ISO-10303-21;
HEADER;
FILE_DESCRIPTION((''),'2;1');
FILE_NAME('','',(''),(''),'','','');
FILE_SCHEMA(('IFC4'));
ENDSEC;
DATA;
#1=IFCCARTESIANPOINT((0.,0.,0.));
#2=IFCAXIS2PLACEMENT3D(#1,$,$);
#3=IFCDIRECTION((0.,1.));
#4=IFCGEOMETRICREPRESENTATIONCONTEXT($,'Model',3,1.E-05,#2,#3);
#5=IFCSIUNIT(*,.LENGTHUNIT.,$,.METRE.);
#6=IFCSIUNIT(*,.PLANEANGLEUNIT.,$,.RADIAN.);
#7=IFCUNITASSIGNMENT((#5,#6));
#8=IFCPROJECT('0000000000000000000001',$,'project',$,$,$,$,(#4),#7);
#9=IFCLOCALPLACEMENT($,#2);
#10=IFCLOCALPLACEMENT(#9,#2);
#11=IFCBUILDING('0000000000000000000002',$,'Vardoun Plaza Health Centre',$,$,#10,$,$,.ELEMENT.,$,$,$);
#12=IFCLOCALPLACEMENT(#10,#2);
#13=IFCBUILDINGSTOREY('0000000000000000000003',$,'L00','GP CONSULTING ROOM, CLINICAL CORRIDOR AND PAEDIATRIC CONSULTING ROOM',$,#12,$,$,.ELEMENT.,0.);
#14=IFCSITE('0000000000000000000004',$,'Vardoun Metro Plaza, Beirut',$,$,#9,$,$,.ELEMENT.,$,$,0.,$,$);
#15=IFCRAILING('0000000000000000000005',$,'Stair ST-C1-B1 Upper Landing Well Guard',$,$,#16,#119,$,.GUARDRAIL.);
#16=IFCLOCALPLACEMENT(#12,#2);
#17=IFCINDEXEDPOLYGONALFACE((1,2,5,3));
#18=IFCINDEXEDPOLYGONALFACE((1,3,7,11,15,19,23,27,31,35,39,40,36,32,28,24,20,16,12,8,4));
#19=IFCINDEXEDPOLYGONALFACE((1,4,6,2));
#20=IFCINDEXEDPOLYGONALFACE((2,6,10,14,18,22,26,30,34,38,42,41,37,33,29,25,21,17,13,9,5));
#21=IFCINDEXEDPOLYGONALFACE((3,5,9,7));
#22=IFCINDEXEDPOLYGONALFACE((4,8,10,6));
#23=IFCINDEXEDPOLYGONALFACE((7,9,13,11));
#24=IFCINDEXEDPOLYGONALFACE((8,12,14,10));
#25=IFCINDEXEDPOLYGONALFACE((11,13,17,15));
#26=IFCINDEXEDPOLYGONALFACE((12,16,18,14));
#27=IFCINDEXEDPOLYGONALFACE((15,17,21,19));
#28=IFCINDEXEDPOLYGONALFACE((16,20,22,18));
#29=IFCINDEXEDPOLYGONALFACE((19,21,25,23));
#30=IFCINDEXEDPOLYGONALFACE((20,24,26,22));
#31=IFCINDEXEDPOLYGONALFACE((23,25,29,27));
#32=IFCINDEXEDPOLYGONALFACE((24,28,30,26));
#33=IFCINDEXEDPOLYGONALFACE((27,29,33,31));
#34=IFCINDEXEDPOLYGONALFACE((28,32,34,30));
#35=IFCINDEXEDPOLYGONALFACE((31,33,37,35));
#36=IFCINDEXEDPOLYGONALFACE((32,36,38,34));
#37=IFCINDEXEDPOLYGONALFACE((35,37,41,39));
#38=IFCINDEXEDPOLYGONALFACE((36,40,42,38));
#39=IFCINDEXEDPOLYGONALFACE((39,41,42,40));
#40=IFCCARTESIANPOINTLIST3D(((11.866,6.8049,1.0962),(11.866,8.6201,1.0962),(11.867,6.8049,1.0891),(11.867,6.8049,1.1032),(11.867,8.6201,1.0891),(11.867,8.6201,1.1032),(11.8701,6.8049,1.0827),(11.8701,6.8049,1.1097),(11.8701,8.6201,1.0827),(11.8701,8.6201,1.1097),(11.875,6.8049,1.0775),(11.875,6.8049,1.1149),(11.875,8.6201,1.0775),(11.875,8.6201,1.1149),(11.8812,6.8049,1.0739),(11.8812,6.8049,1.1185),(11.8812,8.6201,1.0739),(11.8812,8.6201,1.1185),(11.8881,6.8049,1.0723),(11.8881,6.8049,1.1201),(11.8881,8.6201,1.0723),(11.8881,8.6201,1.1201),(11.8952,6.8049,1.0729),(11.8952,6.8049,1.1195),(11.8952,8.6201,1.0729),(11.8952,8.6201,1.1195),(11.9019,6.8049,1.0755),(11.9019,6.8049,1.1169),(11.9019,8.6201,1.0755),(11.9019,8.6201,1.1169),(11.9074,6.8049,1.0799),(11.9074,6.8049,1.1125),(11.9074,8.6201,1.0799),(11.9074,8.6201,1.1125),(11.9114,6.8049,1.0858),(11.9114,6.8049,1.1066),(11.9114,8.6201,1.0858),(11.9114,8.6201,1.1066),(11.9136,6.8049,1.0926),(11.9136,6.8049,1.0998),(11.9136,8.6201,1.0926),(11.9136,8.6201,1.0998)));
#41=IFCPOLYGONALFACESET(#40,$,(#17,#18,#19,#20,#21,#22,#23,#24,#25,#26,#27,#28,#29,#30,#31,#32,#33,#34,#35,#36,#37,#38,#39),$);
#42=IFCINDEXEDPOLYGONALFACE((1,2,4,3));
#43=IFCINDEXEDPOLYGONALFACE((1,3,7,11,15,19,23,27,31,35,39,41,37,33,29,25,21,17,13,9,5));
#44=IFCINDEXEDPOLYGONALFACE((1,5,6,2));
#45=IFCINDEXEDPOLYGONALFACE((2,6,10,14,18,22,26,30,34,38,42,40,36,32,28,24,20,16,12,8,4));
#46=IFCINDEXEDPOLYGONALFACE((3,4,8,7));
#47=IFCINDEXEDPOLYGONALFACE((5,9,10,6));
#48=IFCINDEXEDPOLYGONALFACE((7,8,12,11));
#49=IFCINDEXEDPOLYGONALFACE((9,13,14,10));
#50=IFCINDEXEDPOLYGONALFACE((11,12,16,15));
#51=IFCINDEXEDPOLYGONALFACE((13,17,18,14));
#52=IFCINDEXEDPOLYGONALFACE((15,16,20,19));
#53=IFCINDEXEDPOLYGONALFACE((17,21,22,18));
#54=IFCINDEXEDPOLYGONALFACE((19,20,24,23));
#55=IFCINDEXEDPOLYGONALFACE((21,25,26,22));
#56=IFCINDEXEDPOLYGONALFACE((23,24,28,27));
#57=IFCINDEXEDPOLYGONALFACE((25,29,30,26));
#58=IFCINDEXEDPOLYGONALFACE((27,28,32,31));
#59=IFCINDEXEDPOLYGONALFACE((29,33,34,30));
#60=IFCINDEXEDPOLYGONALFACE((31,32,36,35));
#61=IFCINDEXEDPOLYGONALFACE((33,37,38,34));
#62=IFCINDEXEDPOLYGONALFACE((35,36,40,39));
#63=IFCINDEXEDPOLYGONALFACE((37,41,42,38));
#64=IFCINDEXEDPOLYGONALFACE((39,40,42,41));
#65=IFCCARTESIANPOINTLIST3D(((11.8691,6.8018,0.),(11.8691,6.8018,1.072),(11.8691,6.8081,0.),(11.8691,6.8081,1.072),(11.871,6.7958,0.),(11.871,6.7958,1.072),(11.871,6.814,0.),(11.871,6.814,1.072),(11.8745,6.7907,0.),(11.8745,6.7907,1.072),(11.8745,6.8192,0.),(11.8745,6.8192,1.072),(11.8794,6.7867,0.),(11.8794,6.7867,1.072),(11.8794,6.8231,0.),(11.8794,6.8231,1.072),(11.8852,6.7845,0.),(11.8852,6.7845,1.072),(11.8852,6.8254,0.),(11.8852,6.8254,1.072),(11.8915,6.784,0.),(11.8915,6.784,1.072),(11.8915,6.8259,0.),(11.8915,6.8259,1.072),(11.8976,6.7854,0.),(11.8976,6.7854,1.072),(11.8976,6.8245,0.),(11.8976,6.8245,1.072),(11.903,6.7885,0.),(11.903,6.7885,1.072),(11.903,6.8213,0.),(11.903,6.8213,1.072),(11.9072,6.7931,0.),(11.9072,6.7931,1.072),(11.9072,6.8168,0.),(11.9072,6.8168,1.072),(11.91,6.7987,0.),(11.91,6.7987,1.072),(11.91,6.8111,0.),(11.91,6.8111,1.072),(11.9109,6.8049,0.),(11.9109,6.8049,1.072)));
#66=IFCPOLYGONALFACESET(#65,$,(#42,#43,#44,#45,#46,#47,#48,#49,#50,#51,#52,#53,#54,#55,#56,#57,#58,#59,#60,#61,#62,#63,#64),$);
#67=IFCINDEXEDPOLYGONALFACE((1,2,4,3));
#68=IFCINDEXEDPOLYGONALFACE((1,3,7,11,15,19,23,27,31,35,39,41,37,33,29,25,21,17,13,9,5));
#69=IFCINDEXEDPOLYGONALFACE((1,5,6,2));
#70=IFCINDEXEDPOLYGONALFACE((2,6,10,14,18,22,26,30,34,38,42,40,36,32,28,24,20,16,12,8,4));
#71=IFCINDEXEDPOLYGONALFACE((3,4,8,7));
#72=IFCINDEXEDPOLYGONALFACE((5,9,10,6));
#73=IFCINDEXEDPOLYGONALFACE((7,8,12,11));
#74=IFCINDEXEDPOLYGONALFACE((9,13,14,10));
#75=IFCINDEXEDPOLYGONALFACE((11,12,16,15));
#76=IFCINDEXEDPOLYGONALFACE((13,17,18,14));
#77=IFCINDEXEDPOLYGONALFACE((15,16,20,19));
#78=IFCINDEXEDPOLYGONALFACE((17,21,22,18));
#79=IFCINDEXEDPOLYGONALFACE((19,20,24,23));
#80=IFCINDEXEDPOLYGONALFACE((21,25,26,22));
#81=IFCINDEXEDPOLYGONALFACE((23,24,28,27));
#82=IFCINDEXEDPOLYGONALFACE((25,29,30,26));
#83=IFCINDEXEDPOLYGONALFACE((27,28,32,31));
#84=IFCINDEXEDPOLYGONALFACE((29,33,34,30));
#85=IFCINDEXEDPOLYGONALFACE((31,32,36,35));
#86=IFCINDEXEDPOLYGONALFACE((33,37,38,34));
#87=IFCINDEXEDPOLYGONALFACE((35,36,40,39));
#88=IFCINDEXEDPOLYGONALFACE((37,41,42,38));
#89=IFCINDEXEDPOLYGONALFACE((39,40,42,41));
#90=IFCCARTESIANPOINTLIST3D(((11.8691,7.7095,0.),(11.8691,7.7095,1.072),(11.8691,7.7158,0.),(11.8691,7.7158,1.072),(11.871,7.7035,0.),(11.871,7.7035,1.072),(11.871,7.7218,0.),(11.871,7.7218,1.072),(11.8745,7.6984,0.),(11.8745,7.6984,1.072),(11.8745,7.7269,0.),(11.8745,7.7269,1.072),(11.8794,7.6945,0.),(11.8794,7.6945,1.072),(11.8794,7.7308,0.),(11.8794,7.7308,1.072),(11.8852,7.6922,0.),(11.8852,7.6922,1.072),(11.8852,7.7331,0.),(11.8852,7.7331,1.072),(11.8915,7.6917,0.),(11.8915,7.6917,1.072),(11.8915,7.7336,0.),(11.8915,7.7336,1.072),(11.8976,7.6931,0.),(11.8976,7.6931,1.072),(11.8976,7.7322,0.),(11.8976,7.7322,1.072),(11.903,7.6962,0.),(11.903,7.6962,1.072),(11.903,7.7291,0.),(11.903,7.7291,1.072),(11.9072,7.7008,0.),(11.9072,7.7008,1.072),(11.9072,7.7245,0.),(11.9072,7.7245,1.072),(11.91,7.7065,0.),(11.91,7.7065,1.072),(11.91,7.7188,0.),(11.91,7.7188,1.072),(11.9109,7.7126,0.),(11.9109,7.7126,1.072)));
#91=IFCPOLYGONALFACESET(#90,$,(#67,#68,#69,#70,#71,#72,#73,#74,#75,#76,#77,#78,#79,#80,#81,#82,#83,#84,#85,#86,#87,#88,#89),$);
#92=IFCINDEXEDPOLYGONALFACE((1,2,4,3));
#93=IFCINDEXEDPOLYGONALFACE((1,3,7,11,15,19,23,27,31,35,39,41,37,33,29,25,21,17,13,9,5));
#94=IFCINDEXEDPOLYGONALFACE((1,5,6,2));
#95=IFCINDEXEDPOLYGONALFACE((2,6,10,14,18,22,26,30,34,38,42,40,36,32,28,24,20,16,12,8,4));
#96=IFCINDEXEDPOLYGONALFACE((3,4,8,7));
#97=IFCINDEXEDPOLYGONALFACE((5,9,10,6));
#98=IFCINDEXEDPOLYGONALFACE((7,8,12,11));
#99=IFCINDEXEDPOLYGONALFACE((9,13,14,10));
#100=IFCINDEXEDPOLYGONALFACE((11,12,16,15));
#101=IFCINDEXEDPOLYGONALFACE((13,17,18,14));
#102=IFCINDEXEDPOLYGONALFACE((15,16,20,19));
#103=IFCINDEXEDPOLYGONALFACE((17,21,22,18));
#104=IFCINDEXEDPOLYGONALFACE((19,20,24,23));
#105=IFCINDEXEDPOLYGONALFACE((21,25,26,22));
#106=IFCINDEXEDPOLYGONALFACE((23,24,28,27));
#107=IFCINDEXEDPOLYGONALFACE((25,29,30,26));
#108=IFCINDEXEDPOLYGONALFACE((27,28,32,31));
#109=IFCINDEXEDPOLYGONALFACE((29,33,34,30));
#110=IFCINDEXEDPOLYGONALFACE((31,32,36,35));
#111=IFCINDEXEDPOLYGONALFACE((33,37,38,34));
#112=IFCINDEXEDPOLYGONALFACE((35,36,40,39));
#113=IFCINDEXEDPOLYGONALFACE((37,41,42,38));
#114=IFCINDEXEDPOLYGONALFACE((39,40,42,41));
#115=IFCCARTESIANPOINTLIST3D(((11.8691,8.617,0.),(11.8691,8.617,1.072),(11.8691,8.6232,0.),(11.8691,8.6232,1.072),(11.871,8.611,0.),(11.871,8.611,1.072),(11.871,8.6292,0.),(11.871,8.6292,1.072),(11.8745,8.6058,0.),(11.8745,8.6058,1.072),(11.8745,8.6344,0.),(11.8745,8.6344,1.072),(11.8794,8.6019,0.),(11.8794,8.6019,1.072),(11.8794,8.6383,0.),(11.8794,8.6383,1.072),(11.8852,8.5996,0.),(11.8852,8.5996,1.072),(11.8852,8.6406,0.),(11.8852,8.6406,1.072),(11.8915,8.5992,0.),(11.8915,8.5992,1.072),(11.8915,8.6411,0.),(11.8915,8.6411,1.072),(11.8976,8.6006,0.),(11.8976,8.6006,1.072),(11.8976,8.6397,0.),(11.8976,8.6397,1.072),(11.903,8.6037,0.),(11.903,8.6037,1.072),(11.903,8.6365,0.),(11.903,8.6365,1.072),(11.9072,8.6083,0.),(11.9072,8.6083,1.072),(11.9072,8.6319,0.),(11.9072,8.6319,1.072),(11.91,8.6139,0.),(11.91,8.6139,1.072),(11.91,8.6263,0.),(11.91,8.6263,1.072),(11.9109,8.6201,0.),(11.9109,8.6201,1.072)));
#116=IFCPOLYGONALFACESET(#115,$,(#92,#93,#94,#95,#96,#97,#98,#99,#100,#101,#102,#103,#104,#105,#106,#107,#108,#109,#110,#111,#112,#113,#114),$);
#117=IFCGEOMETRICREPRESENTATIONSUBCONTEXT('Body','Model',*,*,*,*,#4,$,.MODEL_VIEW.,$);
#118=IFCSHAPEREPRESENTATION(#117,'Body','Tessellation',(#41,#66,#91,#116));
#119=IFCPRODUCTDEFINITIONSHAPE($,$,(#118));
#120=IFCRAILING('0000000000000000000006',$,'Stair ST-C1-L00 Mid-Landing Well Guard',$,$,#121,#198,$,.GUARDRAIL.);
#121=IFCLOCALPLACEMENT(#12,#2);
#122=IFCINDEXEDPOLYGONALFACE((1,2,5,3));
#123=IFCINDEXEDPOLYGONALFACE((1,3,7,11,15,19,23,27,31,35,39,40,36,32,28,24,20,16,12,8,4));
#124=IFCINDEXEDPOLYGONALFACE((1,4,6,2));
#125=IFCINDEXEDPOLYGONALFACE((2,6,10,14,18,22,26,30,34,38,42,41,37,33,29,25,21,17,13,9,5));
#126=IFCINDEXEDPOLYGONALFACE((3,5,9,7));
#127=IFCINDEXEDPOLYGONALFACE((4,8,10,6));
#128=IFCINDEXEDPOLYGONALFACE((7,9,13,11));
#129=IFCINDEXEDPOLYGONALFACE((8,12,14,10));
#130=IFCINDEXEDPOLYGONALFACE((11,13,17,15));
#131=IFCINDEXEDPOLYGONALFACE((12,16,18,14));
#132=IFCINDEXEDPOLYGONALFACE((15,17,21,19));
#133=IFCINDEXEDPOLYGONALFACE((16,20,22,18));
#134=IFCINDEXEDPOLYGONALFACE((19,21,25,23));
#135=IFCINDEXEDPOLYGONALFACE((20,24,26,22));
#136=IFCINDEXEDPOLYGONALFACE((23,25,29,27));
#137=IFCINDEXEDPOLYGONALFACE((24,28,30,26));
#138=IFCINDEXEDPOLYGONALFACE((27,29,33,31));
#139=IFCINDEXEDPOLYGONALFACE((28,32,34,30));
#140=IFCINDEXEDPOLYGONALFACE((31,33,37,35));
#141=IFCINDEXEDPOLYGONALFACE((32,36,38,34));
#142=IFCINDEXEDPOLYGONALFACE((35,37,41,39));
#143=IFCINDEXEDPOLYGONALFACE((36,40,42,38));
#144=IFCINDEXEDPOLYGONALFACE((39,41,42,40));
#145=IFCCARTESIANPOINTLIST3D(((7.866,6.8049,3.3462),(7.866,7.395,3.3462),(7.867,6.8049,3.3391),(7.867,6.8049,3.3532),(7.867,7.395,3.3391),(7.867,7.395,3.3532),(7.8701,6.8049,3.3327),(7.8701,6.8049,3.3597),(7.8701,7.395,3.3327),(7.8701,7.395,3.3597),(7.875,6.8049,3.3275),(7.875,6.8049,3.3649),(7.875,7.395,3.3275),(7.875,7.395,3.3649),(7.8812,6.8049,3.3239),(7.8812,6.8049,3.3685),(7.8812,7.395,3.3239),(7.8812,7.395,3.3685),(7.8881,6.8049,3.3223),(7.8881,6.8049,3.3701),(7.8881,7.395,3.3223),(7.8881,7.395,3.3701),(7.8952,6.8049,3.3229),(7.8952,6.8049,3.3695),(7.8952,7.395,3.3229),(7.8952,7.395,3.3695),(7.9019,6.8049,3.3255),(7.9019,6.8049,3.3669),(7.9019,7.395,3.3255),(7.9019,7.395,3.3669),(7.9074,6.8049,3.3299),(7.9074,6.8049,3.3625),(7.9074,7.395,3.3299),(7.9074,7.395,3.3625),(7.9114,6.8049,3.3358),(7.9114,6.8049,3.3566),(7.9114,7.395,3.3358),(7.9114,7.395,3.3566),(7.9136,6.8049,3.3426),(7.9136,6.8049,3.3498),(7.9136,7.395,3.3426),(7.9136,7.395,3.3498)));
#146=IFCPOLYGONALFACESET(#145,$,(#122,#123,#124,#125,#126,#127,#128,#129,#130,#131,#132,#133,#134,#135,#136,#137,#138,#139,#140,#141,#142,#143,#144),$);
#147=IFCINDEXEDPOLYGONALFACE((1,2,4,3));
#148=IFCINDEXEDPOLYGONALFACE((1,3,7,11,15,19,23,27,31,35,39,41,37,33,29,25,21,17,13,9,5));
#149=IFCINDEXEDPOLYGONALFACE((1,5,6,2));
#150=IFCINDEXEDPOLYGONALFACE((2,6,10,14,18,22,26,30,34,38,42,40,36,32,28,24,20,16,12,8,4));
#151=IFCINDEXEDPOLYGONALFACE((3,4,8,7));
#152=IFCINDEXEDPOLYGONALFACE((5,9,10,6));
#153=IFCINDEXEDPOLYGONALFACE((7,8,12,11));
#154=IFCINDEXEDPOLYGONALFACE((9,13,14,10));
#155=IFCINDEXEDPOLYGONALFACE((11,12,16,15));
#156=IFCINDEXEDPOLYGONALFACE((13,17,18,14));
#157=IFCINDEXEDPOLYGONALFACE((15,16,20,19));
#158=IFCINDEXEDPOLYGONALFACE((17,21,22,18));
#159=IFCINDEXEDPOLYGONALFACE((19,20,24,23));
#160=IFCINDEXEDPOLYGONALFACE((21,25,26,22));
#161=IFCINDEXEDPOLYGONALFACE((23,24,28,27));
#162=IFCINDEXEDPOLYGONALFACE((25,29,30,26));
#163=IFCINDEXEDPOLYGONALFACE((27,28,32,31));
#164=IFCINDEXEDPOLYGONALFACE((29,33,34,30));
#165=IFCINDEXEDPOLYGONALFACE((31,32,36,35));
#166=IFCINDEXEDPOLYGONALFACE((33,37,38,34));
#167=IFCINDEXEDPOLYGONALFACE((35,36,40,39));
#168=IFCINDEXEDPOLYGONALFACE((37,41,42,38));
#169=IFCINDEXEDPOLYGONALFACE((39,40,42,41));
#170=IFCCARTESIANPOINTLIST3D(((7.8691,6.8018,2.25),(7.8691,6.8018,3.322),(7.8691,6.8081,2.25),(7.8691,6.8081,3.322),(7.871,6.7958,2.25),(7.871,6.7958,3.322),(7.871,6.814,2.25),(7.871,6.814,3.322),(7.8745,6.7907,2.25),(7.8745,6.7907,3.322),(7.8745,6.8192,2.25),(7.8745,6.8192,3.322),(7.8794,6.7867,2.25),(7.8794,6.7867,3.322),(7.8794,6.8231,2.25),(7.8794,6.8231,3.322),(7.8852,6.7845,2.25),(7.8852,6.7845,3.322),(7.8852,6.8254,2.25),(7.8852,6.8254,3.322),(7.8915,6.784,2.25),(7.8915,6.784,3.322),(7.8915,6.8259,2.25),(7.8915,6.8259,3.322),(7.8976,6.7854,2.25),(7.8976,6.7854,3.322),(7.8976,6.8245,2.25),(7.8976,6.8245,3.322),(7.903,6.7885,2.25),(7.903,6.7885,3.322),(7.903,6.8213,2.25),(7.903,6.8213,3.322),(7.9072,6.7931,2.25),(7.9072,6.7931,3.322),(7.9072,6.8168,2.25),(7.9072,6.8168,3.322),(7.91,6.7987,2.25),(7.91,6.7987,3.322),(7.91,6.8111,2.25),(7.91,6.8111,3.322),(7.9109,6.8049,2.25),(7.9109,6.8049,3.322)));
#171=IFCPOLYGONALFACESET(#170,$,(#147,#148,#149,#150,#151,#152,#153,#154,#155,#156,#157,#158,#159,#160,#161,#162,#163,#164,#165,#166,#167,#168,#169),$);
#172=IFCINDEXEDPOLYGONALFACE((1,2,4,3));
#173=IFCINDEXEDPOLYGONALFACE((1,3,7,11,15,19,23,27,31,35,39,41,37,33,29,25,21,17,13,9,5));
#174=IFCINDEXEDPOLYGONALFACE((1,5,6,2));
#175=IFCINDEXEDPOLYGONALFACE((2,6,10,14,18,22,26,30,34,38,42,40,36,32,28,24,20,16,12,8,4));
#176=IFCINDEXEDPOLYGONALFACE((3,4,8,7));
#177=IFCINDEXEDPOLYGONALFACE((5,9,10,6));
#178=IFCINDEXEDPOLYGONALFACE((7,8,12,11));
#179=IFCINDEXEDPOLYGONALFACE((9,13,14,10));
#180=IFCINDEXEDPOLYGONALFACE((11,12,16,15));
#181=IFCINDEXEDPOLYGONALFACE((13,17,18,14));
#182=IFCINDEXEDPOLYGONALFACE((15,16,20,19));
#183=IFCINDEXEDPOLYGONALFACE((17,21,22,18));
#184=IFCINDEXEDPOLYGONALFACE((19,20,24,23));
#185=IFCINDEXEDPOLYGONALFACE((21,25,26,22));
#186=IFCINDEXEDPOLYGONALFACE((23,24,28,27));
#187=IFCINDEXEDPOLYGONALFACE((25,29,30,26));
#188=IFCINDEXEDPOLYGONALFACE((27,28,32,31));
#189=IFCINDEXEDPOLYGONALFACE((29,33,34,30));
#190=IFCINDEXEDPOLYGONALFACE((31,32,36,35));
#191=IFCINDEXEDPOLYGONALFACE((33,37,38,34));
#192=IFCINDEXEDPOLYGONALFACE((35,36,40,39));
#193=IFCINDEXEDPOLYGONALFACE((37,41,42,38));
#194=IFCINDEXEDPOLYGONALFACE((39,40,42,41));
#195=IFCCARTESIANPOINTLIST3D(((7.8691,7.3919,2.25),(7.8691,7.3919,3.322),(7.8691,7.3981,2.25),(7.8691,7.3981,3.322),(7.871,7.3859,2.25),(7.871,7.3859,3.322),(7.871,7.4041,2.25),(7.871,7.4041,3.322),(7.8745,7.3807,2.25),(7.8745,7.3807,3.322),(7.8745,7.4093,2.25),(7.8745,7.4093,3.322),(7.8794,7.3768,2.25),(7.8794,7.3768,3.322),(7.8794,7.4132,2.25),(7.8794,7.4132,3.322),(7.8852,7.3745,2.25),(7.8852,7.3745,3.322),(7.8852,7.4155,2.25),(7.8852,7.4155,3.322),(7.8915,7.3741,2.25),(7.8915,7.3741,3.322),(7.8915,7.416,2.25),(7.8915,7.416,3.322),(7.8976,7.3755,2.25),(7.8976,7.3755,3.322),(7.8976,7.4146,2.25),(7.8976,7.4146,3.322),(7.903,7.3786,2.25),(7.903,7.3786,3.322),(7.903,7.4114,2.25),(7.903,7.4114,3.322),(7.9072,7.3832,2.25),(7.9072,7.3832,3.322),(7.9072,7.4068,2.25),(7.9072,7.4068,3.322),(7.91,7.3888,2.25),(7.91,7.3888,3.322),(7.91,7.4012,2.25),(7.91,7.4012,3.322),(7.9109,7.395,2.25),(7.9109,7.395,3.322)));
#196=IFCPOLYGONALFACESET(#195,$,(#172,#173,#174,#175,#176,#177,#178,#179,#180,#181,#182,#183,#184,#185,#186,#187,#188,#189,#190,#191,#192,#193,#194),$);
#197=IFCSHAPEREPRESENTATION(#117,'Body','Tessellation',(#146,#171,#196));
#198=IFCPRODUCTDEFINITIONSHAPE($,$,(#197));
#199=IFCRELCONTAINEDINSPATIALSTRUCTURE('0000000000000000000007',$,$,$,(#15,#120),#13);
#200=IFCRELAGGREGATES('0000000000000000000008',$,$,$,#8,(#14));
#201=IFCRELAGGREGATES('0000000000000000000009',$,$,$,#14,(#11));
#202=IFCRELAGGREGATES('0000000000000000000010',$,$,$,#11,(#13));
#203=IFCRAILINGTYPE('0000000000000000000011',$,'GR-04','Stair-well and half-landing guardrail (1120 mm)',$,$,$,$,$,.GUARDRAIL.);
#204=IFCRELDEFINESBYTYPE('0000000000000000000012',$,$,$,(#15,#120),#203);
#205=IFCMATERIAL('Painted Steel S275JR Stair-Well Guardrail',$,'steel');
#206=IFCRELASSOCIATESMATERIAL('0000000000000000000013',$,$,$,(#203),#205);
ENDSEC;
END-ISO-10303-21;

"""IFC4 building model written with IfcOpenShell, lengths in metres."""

from ifc_helpers import new_model, si_unit, direction, frame, origin, origin_2d, place, context, subcontext, project, spatial, circle, extrude, material, type_object, element, save


model = new_model("IFC4")

# Units and contexts
model_context = context("Model", 3, precision=1e-05, world=origin(), true_north=direction((0.0, 1.0)))
body_context = subcontext(model_context, "Body", "Model", "MODEL_VIEW")
ifc_project = project(units=[si_unit("LENGTHUNIT", "METRE"), si_unit("PLANEANGLEUNIT", "RADIAN")], contexts=[model_context])

# Site, building, storey
site_placement = place(None, origin())
site = spatial("IfcSite", under=ifc_project, at=site_placement, Name="Vardoun Metro Plaza, Beirut", CompositionType="ELEMENT", RefElevation=0.0)
building_placement = place(site_placement, origin())
building = spatial("IfcBuilding", under=site, at=building_placement, Name="Vardoun Plaza Health Centre", CompositionType="ELEMENT")
storey_placement = place(building_placement, origin())
storey = spatial("IfcBuildingStorey", under=building, at=storey_placement, Name="L00", Description="GP CONSULTING ROOM, CLINICAL CORRIDOR AND PAEDIATRIC CONSULTING ROOM", CompositionType="ELEMENT", Elevation=0.0)

# Railings
ifc_material_1 = material(Name="Painted Steel S275JR Stair-Well Guardrail", Category="steel")
railing_type_1 = type_object("IfcRailingType", Name="GR-04", Description="Stair-well and half-landing guardrail (1120 mm)", PredefinedType="GUARDRAIL", material=ifc_material_1)
railing_1_placement = place(storey_placement, frame((11.8899, 6.8049, 0.0)))
element("IfcRailing", 1, at=railing_1_placement, inside=storey, type_object=railing_type_1, Name="Stair ST-C1-B1 Upper Landing Well Guard", PredefinedType="GUARDRAIL", context=body_context, shape_type="SweptSolid", body=[
    extrude(circle(Radius=0.0239, at=origin_2d()), frame((0.0, 0.0, 1.0962), z_axis=(0.0, 1.0, 0.0), x_axis=(-1.0, 0.0, 0.0)), (0.0, 0.0, 1.0), 1.8152),
    extrude(circle(Radius=0.021, at=origin_2d()), origin(), (0.0, 0.0, 1.0), 1.072),
    extrude(circle(Radius=0.021, at=origin_2d()), frame((0.0, 0.9077, 0.0)), (0.0, 0.0, 1.0), 1.072),
    extrude(circle(Radius=0.021, at=origin_2d()), frame((0.0, 1.8152, 0.0)), (0.0, 0.0, 1.0), 1.072),
])
railing_2_placement = place(storey_placement, frame((7.8899, 6.8049, 2.25)))
element("IfcRailing", 2, at=railing_2_placement, inside=storey, type_object=railing_type_1, Name="Stair ST-C1-L00 Mid-Landing Well Guard", PredefinedType="GUARDRAIL", context=body_context, shape_type="SweptSolid", body=[
    extrude(circle(Radius=0.0239, at=origin_2d()), frame((0.0, 0.0, 1.0962), z_axis=(0.0, 1.0, 0.0), x_axis=(-1.0, 0.0, 0.0)), (0.0, 0.0, 1.0), 0.5901),
    extrude(circle(Radius=0.021, at=origin_2d()), origin(), (0.0, 0.0, 1.0), 1.072),
    extrude(circle(Radius=0.021, at=origin_2d()), frame((0.0, 0.5901, 0.0)), (0.0, 0.0, 1.0), 1.072),
])

save(model, "model.ifc")
